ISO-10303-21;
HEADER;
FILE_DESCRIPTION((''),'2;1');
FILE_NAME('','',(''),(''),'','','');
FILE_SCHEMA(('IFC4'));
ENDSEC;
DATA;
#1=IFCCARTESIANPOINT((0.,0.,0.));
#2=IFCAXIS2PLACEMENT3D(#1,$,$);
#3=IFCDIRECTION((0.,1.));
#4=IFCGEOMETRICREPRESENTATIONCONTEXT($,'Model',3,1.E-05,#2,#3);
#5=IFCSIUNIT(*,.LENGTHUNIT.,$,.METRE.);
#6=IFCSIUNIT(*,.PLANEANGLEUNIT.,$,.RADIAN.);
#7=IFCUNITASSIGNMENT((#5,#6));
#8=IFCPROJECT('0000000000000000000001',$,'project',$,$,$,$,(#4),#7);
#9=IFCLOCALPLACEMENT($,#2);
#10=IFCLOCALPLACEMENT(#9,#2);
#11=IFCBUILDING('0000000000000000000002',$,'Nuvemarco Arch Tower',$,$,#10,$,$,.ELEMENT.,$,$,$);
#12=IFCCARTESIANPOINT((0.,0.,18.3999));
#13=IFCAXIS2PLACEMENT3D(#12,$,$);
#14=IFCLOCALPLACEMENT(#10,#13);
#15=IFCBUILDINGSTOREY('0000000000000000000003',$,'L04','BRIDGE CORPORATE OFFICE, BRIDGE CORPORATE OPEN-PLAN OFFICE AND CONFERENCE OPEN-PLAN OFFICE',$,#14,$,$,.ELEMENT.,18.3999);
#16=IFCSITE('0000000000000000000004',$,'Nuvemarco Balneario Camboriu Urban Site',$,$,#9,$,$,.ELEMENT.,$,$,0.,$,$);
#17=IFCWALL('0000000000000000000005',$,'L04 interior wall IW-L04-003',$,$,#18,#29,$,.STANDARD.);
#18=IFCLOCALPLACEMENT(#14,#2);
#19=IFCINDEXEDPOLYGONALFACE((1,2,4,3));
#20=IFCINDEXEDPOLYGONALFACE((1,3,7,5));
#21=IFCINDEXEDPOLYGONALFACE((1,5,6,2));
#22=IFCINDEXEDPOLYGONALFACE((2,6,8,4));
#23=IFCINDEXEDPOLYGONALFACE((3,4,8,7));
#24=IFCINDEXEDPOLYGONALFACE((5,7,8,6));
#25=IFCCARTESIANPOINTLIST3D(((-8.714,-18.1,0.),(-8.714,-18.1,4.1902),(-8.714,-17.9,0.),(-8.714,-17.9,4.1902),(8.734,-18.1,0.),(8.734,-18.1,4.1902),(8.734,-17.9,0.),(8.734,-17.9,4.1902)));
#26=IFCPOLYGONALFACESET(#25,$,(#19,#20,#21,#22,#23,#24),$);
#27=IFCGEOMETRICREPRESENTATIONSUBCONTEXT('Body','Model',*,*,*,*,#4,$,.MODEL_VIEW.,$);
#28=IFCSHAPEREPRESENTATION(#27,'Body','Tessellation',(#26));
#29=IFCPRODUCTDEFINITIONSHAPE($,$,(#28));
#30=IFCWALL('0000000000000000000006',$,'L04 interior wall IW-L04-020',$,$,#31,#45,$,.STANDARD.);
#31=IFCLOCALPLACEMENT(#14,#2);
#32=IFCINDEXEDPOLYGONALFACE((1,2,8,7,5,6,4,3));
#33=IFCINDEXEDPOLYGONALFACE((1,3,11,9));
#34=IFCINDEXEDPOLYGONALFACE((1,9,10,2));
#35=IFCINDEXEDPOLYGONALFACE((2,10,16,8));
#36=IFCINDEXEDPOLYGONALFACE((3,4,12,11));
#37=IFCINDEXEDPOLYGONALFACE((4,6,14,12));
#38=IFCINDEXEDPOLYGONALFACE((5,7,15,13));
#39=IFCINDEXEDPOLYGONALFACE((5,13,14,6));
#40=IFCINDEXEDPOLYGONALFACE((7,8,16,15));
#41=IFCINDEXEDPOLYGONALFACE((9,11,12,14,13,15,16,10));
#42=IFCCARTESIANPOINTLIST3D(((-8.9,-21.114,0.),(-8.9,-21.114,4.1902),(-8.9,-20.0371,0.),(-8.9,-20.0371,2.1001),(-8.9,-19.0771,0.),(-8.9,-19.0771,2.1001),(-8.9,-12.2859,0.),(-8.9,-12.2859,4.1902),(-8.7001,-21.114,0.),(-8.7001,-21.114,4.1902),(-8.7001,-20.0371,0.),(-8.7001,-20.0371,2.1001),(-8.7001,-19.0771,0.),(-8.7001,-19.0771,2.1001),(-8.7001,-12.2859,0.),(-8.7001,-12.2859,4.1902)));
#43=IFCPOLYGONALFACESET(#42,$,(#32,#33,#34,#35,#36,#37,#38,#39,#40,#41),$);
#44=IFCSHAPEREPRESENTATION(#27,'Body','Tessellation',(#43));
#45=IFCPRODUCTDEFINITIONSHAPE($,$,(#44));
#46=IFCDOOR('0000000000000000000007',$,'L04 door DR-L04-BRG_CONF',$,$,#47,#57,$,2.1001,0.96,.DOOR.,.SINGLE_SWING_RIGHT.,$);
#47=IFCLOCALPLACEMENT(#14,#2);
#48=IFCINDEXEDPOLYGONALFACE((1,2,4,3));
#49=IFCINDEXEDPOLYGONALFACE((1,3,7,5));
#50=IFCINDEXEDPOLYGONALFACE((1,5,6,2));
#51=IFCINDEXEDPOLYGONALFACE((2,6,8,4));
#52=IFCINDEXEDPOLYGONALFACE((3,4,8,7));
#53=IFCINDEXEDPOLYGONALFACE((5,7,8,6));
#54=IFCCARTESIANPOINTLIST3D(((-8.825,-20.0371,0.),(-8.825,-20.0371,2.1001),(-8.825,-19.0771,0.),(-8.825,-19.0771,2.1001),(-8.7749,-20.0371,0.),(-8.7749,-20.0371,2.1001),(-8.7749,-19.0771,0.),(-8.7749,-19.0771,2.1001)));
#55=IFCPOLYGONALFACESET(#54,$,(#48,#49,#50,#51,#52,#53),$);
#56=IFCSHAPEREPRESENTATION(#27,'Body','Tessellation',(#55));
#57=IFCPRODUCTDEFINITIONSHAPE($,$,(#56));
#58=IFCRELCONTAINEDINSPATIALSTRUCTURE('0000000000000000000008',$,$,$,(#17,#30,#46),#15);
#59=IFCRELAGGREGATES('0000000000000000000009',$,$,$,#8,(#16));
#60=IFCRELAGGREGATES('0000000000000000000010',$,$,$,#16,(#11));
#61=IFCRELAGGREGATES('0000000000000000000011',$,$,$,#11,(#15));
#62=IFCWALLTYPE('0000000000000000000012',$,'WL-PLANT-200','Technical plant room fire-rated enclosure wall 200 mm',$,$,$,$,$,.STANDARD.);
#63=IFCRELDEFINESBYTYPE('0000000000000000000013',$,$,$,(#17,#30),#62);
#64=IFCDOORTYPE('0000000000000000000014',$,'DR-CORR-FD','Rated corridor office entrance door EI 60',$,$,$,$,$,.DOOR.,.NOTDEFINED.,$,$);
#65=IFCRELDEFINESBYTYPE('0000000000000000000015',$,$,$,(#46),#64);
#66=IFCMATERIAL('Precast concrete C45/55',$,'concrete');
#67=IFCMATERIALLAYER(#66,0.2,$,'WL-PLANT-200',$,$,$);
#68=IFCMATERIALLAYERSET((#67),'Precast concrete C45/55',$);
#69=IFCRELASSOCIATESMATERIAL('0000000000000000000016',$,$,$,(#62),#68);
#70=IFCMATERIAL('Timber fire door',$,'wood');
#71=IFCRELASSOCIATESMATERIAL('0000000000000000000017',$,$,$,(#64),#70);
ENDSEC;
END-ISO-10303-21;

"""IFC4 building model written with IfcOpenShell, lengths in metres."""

from ifc_helpers import new_model, si_unit, direction, frame, frame_2d, origin, place, context, subcontext, project, spatial, rectangle, extrude, source, transform, mapped, material, layer, layer_set, type_object, type_shapes, element, fill, save


model = new_model("IFC4")

# Units and contexts
model_context = context("Model", 3, precision=1e-05, world=origin(), true_north=direction((0.0, 1.0)))
body_context = subcontext(model_context, "Body", "Model", "MODEL_VIEW")
ifc_project = project(units=[si_unit("LENGTHUNIT", "METRE"), si_unit("PLANEANGLEUNIT", "RADIAN")], contexts=[model_context])

# Site, building, storey
site_placement = place(None, origin())
site = spatial("IfcSite", under=ifc_project, at=site_placement, Name="Nuvemarco Balneario Camboriu Urban Site", CompositionType="ELEMENT", RefElevation=0.0)
building_placement = place(site_placement, origin())
building = spatial("IfcBuilding", under=site, at=building_placement, Name="Nuvemarco Arch Tower", CompositionType="ELEMENT")
storey_placement = place(building_placement, frame((0.0, 0.0, 18.3999)))
storey = spatial("IfcBuildingStorey", under=building, at=storey_placement, Name="L04", Description="BRIDGE CORPORATE OFFICE, BRIDGE CORPORATE OPEN-PLAN OFFICE AND CONFERENCE OPEN-PLAN OFFICE", CompositionType="ELEMENT", Elevation=18.3999)

# Wall
ifc_material_1 = material(Name="Precast concrete C45/55", Category="concrete")
ifc_layer_1 = layer(ifc_material_1, 0.2, Name="WL-PLANT-200")
ifc_layer_set_1 = layer_set([ifc_layer_1], Name="Precast concrete C45/55")
wall_type_1 = type_object("IfcWallType", Name="WL-PLANT-200", Description="Technical plant room fire-rated enclosure wall 200 mm", PredefinedType="STANDARD", material=ifc_layer_set_1)
wall_1_placement = place(storey_placement, frame((-8.7141, -18.0, 0.0), z_axis=(0.0, 0.0, 1.0), x_axis=(1.0, 0.0, 0.0)))
element("IfcWall", 1, at=wall_1_placement, inside=storey, type_object=wall_type_1, Name="L04 interior wall IW-L04-003", PredefinedType="STANDARD", context=body_context, shape_type="SweptSolid", body=[
    extrude(rectangle(XDim=17.448, YDim=0.2, at=frame_2d((8.7241, 0.0))), origin(), (0.0, 0.0, 1.0), 4.1902),
])

# Wall, opening, door
wall_2_placement = place(storey_placement, frame((-8.8, -21.114, 0.0), z_axis=(0.0, 0.0, 1.0), x_axis=(0.0, 1.0, 0.0)))
wall_2 = element("IfcWall", 2, at=wall_2_placement, inside=storey, type_object=wall_type_1, Name="L04 interior wall IW-L04-020", PredefinedType="STANDARD", context=body_context, shape_type="SweptSolid", body=[
    extrude(rectangle(XDim=8.8281, YDim=0.2, at=frame_2d((4.4141, 0.0))), origin(), (0.0, 0.0, 1.0), 4.1902),
])
opening_placement = place(wall_2_placement, frame((1.0769, 0.0, 0.0)))
opening = element("IfcOpeningElement", 3, at=opening_placement, cuts=wall_2, PredefinedType="OPENING", context=body_context, shape_type="SweptSolid", body=[
    extrude(rectangle(XDim=0.96, YDim=2.1001, at=frame_2d((0.48, 1.05))), frame((0.0, 0.1099, 0.0), z_axis=(0.0, -1.0, 0.0), x_axis=(1.0, 0.0, 0.0)), (0.0, 0.0, 1.0), 0.22),
])
ifc_material_2 = material(Name="Timber fire door", Category="wood")
door_type = type_object("IfcDoorType", Name="DR-CORR-FD", Description="Rated corridor office entrance door EI 60", OperationType="NOTDEFINED", PredefinedType="DOOR", material=ifc_material_2)
shared_shape_1 = source(origin(), body_context, "Body", "SweptSolid", [
    extrude(rectangle(XDim=0.96, YDim=2.1001, at=frame_2d((0.48, 1.05))), frame((0.0, 0.0249, 0.0), z_axis=(0.0, -1.0, 0.0), x_axis=(1.0, 0.0, 0.0)), (0.0, 0.0, 1.0), 0.05),
])
type_shapes(door_type, [shared_shape_1])
door_placement = place(opening_placement, origin())
door = element("IfcDoor", 4, at=door_placement, inside=storey, type_object=door_type, Name="L04 door DR-L04-BRG_CONF", OperationType="SINGLE_SWING_RIGHT", OverallHeight=2.1001, OverallWidth=0.96, PredefinedType="DOOR", context=body_context, shape_type="MappedRepresentation", body=[
    mapped(shared_shape_1, transform((0.0, 0.0, 0.0), scale=1.0)),
])
fill(opening, door)

save(model, "model.ifc")
